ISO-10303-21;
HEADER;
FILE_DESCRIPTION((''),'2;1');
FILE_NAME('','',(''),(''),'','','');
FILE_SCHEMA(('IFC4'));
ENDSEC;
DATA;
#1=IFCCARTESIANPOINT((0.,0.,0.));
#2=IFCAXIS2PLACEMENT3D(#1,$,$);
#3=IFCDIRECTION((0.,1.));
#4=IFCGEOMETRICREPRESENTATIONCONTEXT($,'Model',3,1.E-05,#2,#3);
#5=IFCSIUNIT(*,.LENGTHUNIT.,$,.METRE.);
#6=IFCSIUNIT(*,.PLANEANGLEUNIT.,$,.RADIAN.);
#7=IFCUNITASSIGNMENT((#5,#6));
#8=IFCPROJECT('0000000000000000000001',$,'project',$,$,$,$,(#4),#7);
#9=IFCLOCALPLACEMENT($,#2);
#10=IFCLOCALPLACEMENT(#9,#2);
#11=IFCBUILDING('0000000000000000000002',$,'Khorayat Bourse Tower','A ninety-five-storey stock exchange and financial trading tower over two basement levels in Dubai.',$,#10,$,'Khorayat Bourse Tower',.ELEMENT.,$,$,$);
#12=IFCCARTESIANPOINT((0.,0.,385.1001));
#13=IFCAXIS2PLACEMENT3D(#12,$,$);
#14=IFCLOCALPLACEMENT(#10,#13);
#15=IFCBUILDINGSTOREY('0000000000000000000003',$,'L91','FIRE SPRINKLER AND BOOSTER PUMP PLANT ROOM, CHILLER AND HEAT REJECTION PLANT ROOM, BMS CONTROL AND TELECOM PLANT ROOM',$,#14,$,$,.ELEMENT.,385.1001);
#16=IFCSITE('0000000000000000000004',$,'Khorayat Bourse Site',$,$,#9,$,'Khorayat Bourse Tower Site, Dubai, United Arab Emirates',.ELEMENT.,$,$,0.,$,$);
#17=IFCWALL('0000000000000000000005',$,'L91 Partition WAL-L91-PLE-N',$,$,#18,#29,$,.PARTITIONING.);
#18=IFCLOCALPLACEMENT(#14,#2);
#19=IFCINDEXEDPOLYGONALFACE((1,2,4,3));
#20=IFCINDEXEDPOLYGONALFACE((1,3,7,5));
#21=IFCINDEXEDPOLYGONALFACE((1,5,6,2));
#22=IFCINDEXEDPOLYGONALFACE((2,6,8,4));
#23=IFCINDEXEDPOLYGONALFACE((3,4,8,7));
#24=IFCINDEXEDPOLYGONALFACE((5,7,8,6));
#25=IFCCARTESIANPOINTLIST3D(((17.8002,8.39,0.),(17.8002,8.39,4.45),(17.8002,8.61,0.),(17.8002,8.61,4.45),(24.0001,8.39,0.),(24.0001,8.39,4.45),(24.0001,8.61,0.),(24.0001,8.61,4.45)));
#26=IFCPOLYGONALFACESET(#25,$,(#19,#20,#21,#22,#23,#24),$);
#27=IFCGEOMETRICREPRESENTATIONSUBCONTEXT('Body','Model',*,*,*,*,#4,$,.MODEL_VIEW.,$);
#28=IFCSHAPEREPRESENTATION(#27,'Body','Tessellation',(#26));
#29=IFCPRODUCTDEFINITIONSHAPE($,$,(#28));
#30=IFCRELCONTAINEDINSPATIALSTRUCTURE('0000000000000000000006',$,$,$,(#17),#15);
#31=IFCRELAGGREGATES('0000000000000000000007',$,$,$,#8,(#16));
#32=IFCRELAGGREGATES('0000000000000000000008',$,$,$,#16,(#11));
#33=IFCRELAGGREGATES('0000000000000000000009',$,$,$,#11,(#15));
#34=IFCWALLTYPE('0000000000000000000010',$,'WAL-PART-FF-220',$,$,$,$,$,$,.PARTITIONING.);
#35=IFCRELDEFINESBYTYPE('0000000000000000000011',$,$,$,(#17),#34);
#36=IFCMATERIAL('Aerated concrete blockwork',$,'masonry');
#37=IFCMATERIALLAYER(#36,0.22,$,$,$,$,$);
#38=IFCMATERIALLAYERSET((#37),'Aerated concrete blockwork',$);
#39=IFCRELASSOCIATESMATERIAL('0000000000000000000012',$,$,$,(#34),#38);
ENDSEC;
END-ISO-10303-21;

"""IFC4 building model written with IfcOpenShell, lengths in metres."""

from ifc_helpers import new_model, si_unit, direction, frame, frame_2d, origin, place, context, subcontext, project, spatial, rectangle, extrude, source, transform, mapped, material, layer, layer_set, type_object, element, save


model = new_model("IFC4")

# Units and contexts
model_context = context("Model", 3, precision=1e-05, world=origin(), true_north=direction((0.0, 1.0)))
body_context = subcontext(model_context, "Body", "Model", "MODEL_VIEW")
ifc_project = project(units=[si_unit("LENGTHUNIT", "METRE"), si_unit("PLANEANGLEUNIT", "RADIAN")], contexts=[model_context])

# Site, building, storey
site_placement = place(None, origin())
site = spatial("IfcSite", under=ifc_project, at=site_placement, Name="Khorayat Bourse Site", LongName="Khorayat Bourse Tower Site, Dubai, United Arab Emirates", CompositionType="ELEMENT", RefElevation=0.0)
building_placement = place(site_placement, origin())
building = spatial("IfcBuilding", under=site, at=building_placement, Name="Khorayat Bourse Tower", Description="A ninety-five-storey stock exchange and financial trading tower over two basement levels in Dubai.", LongName="Khorayat Bourse Tower", CompositionType="ELEMENT")
storey_placement = place(building_placement, frame((0.0, 0.0, 385.1001)))
storey = spatial("IfcBuildingStorey", under=building, at=storey_placement, Name="L91", Description="FIRE SPRINKLER AND BOOSTER PUMP PLANT ROOM, CHILLER AND HEAT REJECTION PLANT ROOM, BMS CONTROL AND TELECOM PLANT ROOM", CompositionType="ELEMENT", Elevation=385.1001)

# Wall
ifc_material_1 = material(Name="Aerated concrete blockwork", Category="masonry")
ifc_layer_1 = layer(ifc_material_1, 0.22)
ifc_layer_set_1 = layer_set([ifc_layer_1], Name="Aerated concrete blockwork")
wall_type_1 = type_object("IfcWallType", Name="WAL-PART-FF-220", PredefinedType="PARTITIONING", material=ifc_layer_set_1)
shared_shape_1 = source(origin(), body_context, "Body", "SweptSolid", [
    extrude(rectangle(XDim=6.2, YDim=0.22, at=frame_2d((3.1001, 0.0))), origin(), (0.0, 0.0, 1.0), 4.45),
])
wall_1_placement = place(storey_placement, frame((17.8, 8.5, 0.0), z_axis=(0.0, 0.0, 1.0), x_axis=(1.0, 0.0, 0.0)))
element("IfcWall", 1, at=wall_1_placement, inside=storey, type_object=wall_type_1, Name="L91 Partition WAL-L91-PLE-N", PredefinedType="PARTITIONING", context=body_context, shape_type="MappedRepresentation", body=[
    mapped(shared_shape_1, transform((0.0, 0.0, 0.0), scale=1.0)),
])

save(model, "model.ifc")
